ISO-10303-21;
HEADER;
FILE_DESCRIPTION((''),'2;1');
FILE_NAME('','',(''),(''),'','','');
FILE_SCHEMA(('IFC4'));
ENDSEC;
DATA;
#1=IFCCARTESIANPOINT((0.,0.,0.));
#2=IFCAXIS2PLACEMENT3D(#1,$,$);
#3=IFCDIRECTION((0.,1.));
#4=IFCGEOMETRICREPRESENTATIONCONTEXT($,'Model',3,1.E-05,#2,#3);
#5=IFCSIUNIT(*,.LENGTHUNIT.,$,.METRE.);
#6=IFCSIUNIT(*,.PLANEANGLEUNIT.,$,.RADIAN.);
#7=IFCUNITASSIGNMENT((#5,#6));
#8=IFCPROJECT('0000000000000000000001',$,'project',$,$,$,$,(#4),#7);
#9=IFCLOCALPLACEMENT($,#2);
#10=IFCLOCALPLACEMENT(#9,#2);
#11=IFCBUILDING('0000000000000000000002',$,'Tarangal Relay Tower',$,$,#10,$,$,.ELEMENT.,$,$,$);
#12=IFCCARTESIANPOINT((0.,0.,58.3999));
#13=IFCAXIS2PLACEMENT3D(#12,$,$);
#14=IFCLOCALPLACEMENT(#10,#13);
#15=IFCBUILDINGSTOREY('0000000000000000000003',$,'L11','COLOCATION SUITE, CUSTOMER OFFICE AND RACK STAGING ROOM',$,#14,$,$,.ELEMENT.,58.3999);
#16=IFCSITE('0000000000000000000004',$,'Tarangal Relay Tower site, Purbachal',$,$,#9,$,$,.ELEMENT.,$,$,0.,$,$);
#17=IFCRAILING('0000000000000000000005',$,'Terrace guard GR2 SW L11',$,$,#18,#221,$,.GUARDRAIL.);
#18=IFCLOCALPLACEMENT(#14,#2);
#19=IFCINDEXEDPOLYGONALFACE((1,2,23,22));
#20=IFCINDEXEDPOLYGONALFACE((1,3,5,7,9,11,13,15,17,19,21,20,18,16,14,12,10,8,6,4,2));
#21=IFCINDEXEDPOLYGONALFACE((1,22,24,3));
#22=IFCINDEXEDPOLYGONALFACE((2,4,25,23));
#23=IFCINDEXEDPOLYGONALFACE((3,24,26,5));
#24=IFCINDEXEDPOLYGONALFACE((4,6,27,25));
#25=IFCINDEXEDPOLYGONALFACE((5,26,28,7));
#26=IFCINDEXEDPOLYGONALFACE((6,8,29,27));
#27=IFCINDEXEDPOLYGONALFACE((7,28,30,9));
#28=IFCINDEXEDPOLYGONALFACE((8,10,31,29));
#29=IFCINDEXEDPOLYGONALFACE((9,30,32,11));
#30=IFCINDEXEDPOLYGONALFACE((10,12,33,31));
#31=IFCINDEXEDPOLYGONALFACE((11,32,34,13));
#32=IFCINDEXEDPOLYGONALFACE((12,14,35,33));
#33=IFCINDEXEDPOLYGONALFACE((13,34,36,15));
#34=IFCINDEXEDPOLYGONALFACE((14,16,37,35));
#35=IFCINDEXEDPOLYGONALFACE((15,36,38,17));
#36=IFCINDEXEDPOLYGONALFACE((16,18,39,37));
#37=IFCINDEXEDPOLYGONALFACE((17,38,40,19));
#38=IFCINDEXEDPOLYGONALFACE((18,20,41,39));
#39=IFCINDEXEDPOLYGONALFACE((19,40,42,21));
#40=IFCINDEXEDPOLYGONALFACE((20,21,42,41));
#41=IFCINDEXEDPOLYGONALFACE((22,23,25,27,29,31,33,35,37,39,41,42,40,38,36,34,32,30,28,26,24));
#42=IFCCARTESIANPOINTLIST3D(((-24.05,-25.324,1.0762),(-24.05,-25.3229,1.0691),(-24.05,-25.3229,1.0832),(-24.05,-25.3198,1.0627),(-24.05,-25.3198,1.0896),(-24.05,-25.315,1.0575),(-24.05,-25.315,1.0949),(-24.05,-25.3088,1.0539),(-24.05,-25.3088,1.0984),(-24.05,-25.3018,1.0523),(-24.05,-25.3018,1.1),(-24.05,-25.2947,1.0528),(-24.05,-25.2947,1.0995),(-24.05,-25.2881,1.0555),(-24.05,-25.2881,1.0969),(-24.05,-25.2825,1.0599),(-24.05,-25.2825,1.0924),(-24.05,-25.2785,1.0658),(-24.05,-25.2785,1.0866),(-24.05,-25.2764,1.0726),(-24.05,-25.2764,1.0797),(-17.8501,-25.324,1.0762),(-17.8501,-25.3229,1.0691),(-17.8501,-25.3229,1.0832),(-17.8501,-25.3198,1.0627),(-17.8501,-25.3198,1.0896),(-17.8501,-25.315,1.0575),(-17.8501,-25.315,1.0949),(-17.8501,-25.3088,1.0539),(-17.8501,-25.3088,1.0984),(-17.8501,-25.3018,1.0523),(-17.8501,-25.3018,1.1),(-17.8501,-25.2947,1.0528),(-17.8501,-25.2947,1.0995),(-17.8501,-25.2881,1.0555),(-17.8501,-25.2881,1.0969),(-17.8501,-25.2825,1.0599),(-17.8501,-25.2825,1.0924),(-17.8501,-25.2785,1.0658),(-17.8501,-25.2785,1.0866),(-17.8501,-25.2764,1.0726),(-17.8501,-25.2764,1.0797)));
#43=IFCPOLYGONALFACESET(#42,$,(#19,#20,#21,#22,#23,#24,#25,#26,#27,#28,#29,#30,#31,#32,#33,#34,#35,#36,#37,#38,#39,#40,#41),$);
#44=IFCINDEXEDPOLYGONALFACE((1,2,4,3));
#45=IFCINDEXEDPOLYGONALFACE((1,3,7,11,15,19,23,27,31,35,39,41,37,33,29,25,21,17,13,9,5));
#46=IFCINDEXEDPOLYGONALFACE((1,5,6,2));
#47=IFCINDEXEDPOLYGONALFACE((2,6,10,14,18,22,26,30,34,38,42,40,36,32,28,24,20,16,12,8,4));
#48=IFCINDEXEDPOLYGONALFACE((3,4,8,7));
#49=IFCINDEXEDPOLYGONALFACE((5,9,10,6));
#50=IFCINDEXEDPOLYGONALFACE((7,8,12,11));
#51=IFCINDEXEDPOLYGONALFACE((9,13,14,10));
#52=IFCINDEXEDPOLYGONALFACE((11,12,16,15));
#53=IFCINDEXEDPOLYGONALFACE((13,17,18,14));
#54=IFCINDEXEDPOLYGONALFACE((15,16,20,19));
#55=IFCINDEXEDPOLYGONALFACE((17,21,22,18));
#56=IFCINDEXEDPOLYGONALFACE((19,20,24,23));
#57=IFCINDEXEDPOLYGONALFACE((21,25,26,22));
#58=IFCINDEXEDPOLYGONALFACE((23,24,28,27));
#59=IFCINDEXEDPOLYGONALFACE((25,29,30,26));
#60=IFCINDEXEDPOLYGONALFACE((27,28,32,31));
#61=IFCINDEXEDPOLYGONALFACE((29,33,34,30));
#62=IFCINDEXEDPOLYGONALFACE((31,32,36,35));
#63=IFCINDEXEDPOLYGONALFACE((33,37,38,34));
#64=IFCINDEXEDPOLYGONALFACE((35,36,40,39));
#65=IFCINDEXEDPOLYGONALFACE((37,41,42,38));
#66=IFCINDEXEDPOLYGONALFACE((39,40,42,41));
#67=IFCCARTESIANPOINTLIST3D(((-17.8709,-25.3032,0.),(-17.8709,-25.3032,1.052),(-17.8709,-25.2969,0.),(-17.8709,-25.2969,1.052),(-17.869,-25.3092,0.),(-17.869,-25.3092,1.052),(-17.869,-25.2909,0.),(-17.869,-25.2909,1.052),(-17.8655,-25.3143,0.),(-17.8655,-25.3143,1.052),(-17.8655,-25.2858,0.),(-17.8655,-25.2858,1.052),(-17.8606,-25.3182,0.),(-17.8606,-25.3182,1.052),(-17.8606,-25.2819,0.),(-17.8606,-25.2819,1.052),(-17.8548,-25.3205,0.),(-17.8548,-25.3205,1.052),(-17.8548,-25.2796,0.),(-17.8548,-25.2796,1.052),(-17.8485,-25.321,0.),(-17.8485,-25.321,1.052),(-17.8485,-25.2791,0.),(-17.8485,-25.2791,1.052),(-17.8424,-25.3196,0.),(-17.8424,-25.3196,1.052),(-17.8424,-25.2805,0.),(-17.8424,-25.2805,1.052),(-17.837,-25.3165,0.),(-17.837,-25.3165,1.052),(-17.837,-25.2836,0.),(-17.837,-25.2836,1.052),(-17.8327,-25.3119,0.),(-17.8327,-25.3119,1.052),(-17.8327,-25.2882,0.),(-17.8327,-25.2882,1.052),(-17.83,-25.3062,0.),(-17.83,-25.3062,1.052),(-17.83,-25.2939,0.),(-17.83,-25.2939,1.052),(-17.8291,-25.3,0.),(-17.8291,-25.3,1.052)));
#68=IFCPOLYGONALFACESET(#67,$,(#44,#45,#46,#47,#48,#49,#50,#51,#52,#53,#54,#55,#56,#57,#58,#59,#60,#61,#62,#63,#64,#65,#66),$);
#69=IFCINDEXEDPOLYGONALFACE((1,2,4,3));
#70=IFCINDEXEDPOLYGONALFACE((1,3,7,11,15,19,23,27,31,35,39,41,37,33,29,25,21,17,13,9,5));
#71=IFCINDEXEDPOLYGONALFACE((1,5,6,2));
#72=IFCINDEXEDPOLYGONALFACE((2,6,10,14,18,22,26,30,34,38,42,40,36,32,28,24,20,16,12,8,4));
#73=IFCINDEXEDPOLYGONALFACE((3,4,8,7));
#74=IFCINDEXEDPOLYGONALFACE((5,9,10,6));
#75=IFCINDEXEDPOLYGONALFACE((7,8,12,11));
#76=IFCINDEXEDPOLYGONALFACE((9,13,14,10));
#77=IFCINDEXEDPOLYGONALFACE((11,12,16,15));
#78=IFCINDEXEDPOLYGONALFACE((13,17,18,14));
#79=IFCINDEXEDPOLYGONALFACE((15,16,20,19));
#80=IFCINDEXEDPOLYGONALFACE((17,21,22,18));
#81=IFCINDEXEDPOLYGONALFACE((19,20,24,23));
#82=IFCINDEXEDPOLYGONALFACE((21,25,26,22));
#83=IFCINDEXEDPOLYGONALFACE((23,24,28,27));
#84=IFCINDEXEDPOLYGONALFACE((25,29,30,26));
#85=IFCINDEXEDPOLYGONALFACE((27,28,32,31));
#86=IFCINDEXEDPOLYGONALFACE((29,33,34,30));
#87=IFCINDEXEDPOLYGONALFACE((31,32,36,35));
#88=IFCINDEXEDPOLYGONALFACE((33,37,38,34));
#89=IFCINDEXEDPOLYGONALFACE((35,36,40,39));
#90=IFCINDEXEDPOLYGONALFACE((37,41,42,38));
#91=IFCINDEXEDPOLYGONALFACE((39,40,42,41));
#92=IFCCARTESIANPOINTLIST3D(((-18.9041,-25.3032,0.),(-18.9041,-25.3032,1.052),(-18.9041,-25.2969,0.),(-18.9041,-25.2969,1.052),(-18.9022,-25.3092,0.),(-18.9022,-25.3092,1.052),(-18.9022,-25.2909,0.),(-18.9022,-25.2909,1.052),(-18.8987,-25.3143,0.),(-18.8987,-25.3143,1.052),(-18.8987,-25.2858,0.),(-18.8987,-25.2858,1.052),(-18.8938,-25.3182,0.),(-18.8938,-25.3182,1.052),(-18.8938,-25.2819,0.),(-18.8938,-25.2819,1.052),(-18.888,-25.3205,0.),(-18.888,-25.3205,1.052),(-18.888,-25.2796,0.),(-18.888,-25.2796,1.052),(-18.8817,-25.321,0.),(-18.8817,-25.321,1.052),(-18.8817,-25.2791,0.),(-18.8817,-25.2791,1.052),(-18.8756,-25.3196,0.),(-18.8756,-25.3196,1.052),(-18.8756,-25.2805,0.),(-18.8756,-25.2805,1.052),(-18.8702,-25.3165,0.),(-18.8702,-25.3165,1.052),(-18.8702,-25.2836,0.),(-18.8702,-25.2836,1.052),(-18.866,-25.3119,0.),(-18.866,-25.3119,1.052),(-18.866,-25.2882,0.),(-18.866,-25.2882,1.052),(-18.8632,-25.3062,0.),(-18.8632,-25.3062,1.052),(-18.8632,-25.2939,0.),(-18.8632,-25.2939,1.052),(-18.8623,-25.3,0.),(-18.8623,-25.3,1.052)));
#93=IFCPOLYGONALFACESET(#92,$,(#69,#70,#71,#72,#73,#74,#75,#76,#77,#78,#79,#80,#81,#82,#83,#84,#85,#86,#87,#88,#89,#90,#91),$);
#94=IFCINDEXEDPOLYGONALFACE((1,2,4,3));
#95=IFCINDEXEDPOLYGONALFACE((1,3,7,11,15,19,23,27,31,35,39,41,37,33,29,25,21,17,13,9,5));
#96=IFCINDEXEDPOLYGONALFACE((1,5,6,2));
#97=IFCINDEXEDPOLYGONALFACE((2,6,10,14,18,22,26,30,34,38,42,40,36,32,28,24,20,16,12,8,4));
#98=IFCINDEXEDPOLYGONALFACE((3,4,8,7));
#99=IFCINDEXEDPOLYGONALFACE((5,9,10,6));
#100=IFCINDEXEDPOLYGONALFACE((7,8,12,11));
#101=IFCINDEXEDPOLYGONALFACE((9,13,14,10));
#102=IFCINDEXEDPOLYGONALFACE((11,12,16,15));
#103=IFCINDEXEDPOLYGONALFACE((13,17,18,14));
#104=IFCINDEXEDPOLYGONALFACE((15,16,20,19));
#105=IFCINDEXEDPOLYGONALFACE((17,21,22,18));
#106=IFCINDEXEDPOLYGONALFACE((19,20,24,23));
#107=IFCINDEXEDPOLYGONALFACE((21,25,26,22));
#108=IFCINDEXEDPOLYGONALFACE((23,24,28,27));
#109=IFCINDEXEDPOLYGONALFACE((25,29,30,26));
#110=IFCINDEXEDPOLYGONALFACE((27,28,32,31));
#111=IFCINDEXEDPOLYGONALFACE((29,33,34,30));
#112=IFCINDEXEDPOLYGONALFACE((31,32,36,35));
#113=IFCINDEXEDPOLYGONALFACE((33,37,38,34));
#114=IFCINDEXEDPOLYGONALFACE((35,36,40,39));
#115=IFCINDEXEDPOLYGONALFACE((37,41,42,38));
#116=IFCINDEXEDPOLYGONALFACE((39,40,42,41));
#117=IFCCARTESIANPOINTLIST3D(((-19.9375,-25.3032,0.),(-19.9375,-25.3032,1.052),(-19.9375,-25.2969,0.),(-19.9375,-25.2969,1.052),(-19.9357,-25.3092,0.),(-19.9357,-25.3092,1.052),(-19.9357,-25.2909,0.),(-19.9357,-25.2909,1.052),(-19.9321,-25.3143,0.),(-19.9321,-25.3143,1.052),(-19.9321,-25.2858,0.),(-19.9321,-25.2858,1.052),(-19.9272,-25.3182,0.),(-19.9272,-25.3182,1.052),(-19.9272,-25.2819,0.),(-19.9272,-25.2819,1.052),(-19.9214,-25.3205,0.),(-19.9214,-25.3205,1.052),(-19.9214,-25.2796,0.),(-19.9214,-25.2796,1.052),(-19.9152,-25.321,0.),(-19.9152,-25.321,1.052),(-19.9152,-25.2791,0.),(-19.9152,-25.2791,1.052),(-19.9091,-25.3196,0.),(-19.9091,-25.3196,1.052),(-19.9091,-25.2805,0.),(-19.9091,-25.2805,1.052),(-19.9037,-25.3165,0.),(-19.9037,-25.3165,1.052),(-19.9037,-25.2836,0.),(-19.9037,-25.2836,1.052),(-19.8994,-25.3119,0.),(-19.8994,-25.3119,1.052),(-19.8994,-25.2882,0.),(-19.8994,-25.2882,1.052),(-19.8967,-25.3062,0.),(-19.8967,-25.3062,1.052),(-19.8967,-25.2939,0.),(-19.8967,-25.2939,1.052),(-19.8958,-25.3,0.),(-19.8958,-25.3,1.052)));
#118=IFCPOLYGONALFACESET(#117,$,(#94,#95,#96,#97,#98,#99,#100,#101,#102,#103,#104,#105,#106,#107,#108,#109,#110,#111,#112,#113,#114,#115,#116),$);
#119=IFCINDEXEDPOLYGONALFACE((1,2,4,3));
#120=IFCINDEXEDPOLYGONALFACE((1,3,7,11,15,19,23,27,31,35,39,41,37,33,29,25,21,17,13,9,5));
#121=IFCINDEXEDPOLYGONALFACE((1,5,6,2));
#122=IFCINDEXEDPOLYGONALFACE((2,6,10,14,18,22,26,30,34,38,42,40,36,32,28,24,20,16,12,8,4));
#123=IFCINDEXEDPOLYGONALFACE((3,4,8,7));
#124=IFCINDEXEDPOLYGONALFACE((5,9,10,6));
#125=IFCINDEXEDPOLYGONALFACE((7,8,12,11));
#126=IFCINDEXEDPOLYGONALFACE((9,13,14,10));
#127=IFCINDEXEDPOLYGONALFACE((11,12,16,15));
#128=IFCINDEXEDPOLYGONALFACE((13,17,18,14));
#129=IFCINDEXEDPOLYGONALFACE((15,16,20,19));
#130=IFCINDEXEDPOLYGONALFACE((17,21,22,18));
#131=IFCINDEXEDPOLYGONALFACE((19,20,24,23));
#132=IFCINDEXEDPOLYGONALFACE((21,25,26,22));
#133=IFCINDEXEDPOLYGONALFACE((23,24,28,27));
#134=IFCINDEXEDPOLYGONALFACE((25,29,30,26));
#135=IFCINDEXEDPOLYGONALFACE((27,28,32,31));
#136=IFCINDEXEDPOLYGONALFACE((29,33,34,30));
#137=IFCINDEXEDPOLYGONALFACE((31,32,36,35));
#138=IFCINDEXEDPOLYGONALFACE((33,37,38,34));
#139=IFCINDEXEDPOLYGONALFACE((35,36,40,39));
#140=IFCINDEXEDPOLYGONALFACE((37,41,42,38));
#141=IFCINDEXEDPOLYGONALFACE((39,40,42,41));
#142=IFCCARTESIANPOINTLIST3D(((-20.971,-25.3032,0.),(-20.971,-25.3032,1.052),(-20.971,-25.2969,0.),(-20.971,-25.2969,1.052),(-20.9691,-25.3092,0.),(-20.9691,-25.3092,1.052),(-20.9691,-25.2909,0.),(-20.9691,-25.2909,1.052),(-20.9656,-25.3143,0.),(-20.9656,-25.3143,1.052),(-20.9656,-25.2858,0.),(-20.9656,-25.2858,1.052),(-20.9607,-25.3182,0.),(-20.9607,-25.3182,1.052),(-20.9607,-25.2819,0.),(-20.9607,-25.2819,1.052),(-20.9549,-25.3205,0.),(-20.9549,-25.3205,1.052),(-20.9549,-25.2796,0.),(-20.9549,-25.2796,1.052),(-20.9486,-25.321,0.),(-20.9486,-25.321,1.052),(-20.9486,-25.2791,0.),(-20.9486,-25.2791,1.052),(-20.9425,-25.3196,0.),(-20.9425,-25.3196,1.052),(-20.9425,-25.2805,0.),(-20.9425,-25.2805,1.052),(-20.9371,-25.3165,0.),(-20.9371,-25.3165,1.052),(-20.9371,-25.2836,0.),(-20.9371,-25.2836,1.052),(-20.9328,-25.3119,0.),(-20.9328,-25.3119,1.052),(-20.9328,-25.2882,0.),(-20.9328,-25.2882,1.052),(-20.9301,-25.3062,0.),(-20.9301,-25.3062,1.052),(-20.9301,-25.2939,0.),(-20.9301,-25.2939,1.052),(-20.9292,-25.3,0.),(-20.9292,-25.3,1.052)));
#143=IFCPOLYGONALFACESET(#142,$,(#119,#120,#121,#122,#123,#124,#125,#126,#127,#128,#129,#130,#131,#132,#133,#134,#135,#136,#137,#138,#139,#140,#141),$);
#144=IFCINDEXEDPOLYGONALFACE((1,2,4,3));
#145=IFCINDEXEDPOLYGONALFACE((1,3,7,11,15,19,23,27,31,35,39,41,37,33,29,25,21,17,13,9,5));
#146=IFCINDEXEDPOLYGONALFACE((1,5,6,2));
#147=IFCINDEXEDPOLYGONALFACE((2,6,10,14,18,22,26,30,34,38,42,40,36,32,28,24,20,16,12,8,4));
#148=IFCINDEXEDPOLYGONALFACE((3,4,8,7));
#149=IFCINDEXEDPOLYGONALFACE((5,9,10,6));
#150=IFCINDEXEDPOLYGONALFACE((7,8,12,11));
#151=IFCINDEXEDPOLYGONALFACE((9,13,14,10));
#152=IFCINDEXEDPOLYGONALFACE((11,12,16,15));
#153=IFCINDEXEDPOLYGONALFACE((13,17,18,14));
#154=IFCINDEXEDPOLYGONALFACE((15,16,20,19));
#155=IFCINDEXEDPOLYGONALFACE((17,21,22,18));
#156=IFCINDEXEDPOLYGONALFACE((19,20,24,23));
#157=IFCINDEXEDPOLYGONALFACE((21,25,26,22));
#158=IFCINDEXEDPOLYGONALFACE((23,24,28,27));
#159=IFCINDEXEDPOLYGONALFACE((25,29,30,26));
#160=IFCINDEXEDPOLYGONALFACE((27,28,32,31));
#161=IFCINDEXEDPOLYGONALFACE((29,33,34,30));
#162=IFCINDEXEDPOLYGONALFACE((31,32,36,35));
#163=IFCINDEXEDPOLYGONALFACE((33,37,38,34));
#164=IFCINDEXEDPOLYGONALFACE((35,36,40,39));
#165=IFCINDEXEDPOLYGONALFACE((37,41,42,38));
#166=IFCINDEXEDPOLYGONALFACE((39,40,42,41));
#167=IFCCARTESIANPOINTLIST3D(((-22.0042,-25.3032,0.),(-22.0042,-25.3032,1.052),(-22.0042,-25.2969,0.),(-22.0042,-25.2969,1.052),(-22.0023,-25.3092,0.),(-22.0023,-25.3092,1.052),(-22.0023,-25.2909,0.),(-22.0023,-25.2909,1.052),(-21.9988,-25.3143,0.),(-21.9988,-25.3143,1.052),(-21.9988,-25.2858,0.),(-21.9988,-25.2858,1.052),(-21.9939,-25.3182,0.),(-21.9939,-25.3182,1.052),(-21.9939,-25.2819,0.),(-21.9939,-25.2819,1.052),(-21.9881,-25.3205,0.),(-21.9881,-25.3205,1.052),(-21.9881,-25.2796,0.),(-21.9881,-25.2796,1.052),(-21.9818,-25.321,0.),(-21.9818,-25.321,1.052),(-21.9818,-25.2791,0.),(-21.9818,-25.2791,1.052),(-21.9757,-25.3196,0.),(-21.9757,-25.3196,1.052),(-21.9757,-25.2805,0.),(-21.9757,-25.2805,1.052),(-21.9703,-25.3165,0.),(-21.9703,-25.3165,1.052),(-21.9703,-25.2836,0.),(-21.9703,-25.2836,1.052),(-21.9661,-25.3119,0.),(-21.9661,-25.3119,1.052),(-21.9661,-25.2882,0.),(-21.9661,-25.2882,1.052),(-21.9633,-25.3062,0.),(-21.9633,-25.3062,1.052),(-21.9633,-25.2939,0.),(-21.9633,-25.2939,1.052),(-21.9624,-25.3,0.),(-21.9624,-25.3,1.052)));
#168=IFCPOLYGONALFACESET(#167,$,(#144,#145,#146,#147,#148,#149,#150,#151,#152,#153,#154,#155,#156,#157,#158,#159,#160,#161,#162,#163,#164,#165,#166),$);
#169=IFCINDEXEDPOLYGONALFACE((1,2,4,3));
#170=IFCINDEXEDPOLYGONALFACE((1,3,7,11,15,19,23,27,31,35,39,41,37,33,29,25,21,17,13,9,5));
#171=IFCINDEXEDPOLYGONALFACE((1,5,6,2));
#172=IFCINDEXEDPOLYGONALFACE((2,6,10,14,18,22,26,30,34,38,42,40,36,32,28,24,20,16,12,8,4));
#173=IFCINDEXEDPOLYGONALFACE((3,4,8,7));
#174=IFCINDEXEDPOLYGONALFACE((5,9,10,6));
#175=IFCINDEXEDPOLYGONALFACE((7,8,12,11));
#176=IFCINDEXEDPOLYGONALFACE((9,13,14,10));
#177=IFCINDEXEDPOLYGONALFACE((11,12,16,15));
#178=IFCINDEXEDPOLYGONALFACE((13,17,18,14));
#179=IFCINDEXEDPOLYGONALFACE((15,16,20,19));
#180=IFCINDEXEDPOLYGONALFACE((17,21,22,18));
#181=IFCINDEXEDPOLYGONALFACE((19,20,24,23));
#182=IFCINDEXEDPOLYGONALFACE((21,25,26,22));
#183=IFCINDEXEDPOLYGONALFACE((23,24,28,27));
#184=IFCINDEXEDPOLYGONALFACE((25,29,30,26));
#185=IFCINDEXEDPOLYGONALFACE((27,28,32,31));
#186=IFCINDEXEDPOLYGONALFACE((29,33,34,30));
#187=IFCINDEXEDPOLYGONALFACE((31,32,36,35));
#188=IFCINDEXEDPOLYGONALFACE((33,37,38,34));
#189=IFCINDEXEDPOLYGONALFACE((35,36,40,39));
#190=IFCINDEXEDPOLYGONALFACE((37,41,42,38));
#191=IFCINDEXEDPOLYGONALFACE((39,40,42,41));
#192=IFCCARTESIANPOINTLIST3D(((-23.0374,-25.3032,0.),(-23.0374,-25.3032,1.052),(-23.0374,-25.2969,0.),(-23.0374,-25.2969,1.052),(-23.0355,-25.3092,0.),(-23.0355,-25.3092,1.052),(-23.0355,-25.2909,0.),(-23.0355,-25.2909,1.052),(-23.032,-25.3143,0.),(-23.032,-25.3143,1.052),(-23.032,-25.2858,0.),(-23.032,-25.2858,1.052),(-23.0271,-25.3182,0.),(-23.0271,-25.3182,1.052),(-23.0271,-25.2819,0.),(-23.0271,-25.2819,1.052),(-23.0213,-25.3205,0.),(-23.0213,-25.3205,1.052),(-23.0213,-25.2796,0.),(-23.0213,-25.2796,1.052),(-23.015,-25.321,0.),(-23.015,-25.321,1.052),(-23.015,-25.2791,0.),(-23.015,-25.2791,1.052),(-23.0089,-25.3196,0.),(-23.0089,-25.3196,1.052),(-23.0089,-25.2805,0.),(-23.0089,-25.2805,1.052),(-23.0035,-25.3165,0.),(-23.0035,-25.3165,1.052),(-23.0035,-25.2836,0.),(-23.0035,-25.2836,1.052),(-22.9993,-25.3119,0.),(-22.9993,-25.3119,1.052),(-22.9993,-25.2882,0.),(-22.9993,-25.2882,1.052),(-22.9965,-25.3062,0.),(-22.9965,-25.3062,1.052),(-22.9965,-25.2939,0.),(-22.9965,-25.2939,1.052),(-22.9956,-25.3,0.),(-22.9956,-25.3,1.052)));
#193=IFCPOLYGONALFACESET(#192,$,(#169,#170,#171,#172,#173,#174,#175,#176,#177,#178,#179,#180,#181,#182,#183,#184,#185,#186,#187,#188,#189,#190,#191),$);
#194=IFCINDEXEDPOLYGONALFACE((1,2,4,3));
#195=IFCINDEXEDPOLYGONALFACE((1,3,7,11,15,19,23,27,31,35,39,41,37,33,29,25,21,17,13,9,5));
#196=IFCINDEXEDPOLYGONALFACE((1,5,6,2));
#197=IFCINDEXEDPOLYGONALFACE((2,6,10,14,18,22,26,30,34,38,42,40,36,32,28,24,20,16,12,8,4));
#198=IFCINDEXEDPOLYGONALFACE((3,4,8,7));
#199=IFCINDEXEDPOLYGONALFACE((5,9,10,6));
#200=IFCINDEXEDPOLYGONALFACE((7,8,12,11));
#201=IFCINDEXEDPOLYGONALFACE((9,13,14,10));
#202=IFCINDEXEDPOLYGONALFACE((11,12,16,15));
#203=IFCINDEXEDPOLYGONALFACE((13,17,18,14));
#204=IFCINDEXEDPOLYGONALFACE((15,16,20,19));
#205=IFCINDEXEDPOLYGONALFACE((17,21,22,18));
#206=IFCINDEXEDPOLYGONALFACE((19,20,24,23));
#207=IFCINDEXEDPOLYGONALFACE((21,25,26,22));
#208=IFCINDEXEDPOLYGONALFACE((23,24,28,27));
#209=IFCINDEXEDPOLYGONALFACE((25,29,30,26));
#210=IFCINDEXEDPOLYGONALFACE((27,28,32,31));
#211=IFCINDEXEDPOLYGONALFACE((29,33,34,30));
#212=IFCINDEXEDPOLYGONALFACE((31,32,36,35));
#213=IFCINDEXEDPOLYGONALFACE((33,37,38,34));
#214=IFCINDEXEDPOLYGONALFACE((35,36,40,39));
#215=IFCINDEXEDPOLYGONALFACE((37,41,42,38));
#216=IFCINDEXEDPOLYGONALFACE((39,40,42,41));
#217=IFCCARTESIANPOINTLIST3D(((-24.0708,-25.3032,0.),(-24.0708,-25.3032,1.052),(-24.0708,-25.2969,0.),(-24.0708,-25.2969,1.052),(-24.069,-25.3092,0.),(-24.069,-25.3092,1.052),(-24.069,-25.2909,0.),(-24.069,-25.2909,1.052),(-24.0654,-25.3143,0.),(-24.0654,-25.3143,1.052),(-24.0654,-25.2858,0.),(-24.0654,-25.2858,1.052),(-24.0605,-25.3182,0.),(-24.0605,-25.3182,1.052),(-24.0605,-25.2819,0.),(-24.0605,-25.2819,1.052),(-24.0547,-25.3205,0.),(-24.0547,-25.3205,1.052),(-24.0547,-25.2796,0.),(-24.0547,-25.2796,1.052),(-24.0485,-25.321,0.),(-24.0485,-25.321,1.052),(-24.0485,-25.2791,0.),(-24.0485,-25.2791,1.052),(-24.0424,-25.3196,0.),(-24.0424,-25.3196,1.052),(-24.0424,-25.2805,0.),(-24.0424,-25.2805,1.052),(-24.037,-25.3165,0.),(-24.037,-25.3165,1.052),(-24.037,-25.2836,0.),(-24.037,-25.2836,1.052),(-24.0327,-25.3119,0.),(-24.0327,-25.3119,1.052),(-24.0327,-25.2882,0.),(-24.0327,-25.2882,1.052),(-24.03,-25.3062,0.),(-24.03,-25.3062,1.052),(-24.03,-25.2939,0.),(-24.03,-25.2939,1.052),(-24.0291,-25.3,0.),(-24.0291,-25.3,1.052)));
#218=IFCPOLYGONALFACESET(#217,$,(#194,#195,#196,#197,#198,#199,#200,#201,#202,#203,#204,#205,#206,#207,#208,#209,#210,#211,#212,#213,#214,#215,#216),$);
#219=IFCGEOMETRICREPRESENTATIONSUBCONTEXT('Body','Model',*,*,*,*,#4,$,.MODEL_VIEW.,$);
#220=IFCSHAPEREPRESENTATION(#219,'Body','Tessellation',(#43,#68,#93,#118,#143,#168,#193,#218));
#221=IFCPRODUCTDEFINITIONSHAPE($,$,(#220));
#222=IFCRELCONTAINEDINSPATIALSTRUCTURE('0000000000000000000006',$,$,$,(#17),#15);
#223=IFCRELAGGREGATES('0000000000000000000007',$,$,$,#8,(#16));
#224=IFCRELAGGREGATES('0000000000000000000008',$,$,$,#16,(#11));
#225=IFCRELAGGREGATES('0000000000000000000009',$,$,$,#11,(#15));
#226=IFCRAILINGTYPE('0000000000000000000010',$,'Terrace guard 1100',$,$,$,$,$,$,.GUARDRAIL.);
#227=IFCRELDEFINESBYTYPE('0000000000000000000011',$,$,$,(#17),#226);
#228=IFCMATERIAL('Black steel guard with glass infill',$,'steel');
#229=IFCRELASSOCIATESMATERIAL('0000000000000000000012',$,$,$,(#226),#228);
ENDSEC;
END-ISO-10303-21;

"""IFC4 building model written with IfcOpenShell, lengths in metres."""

from ifc_helpers import new_model, si_unit, direction, frame, origin, origin_2d, place, context, subcontext, project, spatial, circle, extrude, material, type_object, element, save


model = new_model("IFC4")

# Units and contexts
model_context = context("Model", 3, precision=1e-05, world=origin(), true_north=direction((0.0, 1.0)))
body_context = subcontext(model_context, "Body", "Model", "MODEL_VIEW")
ifc_project = project(units=[si_unit("LENGTHUNIT", "METRE"), si_unit("PLANEANGLEUNIT", "RADIAN")], contexts=[model_context])

# Site, building, storey
site_placement = place(None, origin())
site = spatial("IfcSite", under=ifc_project, at=site_placement, Name="Tarangal Relay Tower site, Purbachal", CompositionType="ELEMENT", RefElevation=0.0)
building_placement = place(site_placement, origin())
building = spatial("IfcBuilding", under=site, at=building_placement, Name="Tarangal Relay Tower", CompositionType="ELEMENT")
storey_placement = place(building_placement, frame((0.0, 0.0, 58.3999)))
storey = spatial("IfcBuildingStorey", under=building, at=storey_placement, Name="L11", Description="COLOCATION SUITE, CUSTOMER OFFICE AND RACK STAGING ROOM", CompositionType="ELEMENT", Elevation=58.3999)

# Railing
ifc_material_1 = material(Name="Black steel guard with glass infill", Category="steel")
railing_type = type_object("IfcRailingType", Name="Terrace guard 1100", PredefinedType="GUARDRAIL", material=ifc_material_1)
railing_1_placement = place(storey_placement, frame((-17.8501, -25.3, 0.0)))
element("IfcRailing", 1, at=railing_1_placement, inside=storey, type_object=railing_type, Name="Terrace guard GR2 SW L11", PredefinedType="GUARDRAIL", context=body_context, shape_type="SweptSolid", body=[
    extrude(circle(Radius=0.0239, at=origin_2d()), frame((0.0, 0.0, 1.0762), z_axis=(-1.0, 0.0, 0.0), x_axis=(0.0, -1.0, 0.0)), (0.0, 0.0, 1.0), 6.2),
    extrude(circle(Radius=0.021, at=origin_2d()), origin(), (0.0, 0.0, 1.0), 1.052),
    extrude(circle(Radius=0.021, at=origin_2d()), frame((-1.0332, 0.0, 0.0)), (0.0, 0.0, 1.0), 1.052),
    extrude(circle(Radius=0.021, at=origin_2d()), frame((-2.0667, 0.0, 0.0)), (0.0, 0.0, 1.0), 1.052),
    extrude(circle(Radius=0.021, at=origin_2d()), frame((-3.1001, 0.0, 0.0)), (0.0, 0.0, 1.0), 1.052),
    extrude(circle(Radius=0.021, at=origin_2d()), frame((-4.1333, 0.0, 0.0)), (0.0, 0.0, 1.0), 1.052),
    extrude(circle(Radius=0.021, at=origin_2d()), frame((-5.1665, 0.0, 0.0)), (0.0, 0.0, 1.0), 1.052),
    extrude(circle(Radius=0.021, at=origin_2d()), frame((-6.2, 0.0, 0.0)), (0.0, 0.0, 1.0), 1.052),
])

save(model, "model.ifc")
